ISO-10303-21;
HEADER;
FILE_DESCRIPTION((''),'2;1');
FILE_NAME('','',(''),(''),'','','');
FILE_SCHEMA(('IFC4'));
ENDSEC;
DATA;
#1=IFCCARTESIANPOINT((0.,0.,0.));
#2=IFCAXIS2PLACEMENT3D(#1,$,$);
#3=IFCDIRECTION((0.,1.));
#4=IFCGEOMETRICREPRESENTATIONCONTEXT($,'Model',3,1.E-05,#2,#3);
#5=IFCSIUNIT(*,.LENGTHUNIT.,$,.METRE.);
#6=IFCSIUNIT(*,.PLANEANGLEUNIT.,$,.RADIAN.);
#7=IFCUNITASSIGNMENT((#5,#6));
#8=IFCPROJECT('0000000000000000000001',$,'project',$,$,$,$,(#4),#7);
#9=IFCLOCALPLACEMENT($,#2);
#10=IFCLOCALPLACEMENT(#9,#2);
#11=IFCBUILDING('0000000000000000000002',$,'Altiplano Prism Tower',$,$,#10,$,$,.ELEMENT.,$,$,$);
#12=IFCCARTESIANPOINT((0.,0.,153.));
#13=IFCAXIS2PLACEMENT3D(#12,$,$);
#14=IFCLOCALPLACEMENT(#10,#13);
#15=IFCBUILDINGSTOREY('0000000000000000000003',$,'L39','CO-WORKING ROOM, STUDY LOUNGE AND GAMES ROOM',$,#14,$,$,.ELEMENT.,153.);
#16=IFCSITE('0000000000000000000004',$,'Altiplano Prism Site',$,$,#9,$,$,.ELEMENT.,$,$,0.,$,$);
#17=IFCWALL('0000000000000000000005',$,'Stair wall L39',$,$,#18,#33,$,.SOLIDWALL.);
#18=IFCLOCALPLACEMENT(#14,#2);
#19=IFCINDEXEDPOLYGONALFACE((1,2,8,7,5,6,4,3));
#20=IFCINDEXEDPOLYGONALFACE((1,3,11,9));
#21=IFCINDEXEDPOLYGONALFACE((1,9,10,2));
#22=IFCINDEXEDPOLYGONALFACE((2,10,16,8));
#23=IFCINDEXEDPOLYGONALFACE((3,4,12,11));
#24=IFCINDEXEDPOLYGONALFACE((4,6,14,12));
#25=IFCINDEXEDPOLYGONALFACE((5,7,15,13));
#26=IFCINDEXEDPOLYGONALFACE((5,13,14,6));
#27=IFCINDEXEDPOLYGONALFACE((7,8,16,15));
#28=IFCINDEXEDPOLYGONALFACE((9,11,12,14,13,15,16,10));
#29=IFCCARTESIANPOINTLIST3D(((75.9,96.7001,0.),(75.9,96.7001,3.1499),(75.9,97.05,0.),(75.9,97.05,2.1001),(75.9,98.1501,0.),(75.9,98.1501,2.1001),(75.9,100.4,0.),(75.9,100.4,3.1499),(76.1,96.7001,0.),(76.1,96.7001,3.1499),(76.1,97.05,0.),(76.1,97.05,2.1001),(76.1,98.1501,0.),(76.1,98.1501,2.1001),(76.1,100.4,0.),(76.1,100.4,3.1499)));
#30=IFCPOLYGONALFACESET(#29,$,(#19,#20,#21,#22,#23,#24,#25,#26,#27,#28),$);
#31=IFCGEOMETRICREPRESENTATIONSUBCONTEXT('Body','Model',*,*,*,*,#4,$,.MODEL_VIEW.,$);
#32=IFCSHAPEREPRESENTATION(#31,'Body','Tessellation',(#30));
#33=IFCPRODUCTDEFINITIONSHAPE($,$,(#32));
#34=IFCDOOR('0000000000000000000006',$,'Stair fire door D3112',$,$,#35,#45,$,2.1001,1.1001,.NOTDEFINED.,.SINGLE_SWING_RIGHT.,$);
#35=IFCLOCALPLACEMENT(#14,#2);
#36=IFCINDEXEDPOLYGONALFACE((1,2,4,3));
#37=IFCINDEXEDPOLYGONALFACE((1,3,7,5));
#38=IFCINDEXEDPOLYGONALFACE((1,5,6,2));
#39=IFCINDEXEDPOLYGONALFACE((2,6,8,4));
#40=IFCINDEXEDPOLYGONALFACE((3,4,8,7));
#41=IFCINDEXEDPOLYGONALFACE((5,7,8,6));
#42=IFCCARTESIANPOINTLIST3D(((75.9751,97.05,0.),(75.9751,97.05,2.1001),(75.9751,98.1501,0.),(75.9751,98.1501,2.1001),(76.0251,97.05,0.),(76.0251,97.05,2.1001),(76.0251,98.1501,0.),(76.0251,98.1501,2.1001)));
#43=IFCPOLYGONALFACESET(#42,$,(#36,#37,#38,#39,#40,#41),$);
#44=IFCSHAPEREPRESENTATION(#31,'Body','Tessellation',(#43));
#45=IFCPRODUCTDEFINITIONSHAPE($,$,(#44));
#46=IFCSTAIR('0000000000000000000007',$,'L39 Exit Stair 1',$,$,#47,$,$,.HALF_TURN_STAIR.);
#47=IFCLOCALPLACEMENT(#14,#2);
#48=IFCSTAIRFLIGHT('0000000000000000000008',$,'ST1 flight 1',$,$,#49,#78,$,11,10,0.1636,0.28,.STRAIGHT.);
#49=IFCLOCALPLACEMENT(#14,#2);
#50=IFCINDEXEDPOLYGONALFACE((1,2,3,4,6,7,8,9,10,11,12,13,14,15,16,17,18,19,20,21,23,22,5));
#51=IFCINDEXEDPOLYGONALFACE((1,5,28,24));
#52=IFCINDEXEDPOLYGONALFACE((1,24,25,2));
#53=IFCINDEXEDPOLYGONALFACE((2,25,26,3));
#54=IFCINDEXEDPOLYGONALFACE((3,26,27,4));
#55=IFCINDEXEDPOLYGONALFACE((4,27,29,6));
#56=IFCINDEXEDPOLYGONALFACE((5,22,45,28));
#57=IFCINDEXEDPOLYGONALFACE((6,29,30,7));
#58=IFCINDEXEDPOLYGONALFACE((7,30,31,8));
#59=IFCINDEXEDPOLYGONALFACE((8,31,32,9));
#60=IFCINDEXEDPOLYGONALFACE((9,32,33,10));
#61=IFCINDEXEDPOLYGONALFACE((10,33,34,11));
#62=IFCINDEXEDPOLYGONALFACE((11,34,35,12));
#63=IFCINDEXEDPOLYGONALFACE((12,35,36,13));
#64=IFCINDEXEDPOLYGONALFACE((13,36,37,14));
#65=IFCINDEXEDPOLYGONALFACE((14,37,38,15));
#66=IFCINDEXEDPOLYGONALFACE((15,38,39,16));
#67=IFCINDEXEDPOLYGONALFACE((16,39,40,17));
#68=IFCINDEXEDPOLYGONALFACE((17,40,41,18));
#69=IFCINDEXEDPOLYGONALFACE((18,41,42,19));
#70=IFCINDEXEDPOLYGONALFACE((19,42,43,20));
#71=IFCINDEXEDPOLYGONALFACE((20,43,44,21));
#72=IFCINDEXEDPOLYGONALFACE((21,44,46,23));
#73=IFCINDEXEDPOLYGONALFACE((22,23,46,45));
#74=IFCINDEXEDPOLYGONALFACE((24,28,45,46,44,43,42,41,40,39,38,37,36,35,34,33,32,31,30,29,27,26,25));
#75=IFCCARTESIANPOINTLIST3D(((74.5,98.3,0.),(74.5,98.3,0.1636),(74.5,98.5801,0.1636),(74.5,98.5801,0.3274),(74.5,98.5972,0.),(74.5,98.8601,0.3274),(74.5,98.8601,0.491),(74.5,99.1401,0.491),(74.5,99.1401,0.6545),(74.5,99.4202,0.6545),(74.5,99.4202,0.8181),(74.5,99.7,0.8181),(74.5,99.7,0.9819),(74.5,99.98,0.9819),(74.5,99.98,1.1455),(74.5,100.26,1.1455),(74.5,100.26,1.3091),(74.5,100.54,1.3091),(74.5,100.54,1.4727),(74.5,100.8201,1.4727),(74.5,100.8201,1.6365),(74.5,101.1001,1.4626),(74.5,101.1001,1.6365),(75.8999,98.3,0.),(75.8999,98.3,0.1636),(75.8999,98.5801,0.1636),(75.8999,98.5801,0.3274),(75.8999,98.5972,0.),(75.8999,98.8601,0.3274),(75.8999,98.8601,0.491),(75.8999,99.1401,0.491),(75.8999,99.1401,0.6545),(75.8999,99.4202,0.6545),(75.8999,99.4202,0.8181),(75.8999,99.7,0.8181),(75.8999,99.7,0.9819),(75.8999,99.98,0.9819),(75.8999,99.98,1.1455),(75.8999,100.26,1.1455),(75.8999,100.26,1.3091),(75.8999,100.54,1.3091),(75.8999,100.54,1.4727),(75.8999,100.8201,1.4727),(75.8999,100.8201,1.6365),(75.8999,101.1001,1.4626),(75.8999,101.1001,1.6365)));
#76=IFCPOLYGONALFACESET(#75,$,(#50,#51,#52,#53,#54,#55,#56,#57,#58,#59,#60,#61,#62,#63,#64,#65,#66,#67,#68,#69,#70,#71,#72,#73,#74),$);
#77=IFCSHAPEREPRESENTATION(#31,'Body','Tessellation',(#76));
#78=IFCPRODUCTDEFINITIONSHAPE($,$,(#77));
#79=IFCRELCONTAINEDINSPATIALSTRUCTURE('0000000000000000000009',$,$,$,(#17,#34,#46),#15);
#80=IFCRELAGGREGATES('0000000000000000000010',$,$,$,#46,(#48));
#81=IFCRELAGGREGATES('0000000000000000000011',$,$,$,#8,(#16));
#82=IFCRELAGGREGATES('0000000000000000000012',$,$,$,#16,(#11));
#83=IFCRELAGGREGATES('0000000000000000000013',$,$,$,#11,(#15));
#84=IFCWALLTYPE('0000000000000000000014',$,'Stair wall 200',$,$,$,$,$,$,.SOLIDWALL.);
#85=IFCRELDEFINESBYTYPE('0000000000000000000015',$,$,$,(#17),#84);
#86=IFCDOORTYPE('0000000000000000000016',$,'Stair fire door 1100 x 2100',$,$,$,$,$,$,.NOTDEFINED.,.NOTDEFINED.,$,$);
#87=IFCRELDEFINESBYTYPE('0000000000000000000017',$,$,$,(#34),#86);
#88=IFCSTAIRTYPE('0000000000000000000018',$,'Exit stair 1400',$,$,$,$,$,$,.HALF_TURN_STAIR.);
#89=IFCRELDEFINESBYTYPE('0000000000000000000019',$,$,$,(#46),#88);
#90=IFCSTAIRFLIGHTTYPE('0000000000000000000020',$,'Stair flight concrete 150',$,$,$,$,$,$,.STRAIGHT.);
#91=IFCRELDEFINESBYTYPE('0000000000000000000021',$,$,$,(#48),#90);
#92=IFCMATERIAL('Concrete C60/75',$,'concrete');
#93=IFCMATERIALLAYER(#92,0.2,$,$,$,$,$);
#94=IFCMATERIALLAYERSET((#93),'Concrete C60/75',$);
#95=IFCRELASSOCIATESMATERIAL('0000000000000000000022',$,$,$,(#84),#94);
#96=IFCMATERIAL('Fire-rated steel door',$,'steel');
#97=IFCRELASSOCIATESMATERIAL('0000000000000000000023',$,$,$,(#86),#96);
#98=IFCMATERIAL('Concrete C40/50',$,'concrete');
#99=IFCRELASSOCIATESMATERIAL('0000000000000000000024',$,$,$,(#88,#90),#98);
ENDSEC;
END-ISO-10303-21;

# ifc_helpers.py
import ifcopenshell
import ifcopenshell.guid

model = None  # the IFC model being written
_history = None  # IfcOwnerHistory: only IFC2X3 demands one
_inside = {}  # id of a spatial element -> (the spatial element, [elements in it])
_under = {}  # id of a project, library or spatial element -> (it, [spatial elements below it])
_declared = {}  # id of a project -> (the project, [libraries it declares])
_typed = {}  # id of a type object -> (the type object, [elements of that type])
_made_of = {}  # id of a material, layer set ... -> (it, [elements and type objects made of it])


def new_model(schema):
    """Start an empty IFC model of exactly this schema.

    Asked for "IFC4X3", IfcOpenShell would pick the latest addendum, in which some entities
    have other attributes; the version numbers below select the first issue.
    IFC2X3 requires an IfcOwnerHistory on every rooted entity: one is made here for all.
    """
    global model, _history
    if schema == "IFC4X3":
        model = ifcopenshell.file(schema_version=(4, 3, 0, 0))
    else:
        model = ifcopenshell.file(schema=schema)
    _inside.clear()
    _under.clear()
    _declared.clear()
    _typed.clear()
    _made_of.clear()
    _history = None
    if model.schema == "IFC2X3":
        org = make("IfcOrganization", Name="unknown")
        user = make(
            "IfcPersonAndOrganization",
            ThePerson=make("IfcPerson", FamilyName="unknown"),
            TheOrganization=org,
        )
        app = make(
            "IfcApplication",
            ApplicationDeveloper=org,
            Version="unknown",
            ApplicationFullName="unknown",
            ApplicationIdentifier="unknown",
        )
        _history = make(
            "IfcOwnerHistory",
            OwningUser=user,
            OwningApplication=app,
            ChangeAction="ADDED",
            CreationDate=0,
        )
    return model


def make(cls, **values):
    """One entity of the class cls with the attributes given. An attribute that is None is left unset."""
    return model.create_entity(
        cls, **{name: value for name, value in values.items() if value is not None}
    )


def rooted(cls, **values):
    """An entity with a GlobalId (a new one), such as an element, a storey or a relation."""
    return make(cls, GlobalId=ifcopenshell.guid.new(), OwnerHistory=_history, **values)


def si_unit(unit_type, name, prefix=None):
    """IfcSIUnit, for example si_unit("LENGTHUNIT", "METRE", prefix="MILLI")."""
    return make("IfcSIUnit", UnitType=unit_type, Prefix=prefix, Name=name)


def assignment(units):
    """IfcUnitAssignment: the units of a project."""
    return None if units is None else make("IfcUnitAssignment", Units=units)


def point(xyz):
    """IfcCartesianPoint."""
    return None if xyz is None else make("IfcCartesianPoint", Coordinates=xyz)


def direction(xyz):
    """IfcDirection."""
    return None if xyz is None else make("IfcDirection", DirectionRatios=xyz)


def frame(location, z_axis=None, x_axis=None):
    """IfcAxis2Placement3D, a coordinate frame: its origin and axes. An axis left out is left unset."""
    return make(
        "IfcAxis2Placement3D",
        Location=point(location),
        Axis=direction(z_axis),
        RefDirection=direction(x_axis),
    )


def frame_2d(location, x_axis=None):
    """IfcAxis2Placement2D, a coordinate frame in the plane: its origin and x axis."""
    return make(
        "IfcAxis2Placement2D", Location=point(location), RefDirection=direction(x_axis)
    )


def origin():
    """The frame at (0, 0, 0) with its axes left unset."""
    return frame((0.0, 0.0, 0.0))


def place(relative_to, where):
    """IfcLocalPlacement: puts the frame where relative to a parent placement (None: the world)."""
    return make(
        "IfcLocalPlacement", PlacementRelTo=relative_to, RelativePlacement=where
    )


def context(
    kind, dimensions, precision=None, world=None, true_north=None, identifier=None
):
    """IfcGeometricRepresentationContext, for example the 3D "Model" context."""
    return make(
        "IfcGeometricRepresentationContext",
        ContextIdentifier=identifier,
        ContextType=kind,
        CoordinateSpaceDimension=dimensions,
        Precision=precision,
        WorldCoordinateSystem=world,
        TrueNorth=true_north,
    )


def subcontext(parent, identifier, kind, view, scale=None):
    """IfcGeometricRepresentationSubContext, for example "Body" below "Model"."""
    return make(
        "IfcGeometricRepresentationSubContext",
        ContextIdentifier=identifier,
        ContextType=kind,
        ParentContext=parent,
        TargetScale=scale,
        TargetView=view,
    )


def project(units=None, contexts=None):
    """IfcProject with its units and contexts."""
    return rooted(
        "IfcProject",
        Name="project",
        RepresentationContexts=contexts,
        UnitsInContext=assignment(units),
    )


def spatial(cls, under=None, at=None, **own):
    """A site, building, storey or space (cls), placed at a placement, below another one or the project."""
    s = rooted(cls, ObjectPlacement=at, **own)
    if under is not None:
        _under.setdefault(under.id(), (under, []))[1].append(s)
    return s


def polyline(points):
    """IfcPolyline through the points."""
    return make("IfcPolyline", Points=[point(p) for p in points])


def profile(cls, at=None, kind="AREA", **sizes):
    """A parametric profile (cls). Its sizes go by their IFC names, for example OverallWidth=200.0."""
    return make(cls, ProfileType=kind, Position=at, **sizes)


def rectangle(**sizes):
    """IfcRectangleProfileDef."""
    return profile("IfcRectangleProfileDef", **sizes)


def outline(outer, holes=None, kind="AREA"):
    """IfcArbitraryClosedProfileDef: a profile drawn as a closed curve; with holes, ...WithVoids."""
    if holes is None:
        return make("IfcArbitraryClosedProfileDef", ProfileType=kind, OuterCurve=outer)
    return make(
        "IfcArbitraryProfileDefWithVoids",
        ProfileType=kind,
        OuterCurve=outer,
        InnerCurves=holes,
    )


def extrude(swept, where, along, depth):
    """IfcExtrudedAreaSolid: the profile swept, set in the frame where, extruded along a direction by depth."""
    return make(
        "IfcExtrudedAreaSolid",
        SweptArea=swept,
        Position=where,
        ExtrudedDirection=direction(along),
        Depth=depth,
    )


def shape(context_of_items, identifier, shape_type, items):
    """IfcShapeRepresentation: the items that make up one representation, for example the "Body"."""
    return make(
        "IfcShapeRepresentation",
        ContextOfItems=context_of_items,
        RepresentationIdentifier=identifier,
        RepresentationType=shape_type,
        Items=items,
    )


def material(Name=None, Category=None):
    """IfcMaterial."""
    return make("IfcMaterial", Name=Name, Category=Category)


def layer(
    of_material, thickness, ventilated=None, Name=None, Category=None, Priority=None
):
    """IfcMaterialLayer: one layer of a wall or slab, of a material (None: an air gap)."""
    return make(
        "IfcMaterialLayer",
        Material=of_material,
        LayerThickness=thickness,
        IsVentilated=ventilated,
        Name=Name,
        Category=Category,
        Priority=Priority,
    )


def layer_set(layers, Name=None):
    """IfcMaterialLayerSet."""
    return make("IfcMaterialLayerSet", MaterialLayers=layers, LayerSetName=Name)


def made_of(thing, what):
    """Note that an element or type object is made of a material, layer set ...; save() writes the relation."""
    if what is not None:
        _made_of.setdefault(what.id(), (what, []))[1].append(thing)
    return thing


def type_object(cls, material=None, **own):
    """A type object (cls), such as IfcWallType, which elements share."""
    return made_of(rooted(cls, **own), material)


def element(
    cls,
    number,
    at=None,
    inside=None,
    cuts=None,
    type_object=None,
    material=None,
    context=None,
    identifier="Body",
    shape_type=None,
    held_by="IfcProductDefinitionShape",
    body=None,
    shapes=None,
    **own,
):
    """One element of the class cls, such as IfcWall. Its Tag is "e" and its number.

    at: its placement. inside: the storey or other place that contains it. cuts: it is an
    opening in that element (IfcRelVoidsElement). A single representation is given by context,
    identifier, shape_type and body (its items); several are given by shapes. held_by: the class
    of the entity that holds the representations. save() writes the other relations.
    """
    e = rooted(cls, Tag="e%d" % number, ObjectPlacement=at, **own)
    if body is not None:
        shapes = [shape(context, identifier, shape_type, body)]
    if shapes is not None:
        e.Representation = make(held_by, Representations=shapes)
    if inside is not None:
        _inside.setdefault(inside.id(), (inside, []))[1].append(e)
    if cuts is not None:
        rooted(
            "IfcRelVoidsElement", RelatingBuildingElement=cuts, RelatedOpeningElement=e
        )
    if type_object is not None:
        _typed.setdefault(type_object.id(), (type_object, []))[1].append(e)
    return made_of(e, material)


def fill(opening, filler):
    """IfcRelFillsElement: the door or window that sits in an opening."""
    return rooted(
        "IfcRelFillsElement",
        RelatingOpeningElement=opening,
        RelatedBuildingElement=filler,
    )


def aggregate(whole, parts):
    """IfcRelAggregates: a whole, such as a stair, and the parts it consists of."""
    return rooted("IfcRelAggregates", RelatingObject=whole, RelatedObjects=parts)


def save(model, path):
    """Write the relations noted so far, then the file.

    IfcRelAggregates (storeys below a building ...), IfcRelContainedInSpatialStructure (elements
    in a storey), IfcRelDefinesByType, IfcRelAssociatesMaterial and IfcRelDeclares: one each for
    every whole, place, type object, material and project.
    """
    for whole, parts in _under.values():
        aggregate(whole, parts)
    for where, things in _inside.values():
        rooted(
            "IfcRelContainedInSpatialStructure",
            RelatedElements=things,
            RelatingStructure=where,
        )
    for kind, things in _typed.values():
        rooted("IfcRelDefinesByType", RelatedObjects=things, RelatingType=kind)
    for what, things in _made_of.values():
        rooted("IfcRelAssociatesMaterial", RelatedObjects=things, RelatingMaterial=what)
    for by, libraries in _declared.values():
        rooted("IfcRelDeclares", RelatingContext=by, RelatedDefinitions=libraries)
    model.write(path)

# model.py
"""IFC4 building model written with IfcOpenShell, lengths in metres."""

from ifc_helpers import new_model, si_unit, direction, frame, frame_2d, origin, place, context, subcontext, project, spatial, polyline, rectangle, outline, extrude, material, layer, layer_set, type_object, element, fill, aggregate, save


model = new_model("IFC4")

# Units and contexts
model_context = context("Model", 3, precision=1e-05, world=origin(), true_north=direction((0.0, 1.0)))
body_context = subcontext(model_context, "Body", "Model", "MODEL_VIEW")
ifc_project = project(units=[si_unit("LENGTHUNIT", "METRE"), si_unit("PLANEANGLEUNIT", "RADIAN")], contexts=[model_context])

# Site, building, storey
site_placement = place(None, origin())
site = spatial("IfcSite", under=ifc_project, at=site_placement, Name="Altiplano Prism Site", CompositionType="ELEMENT", RefElevation=0.0)
building_placement = place(site_placement, origin())
building = spatial("IfcBuilding", under=site, at=building_placement, Name="Altiplano Prism Tower", CompositionType="ELEMENT")
storey_placement = place(building_placement, frame((0.0, 0.0, 153.0)))
storey = spatial("IfcBuildingStorey", under=building, at=storey_placement, Name="L39", Description="CO-WORKING ROOM, STUDY LOUNGE AND GAMES ROOM", CompositionType="ELEMENT", Elevation=153.0)

# Shared definitions
ifc_material_1 = material(Name="Concrete C60/75", Category="concrete")
ifc_material_2 = material(Name="Fire-rated steel door", Category="steel")

# Shared definitions
ifc_layer_1 = layer(ifc_material_1, 0.2)
ifc_layer_set_1 = layer_set([ifc_layer_1], Name="Concrete C60/75")
wall_type_1 = type_object("IfcWallType", Name="Stair wall 200", PredefinedType="SOLIDWALL", material=ifc_layer_set_1)

# Wall, opening, door
wall_1_placement = place(storey_placement, frame((76.0, 96.7, 0.0), z_axis=(0.0, 0.0, 1.0), x_axis=(0.0, 1.0, 0.0)))
wall_1 = element("IfcWall", 1, at=wall_1_placement, inside=storey, type_object=wall_type_1, Name="Stair wall L39", PredefinedType="SOLIDWALL", context=body_context, shape_type="SweptSolid", body=[
    extrude(rectangle(XDim=3.7, YDim=0.2, at=frame_2d((1.8501, 0.0))), origin(), (0.0, 0.0, 1.0), 3.1499),
])
opening_1_placement = place(wall_1_placement, frame((0.3501, 0.0, 0.0)))
opening_1 = element("IfcOpeningElement", 2, at=opening_1_placement, cuts=wall_1, PredefinedType="OPENING", context=body_context, shape_type="SweptSolid", body=[
    extrude(rectangle(XDim=1.1001, YDim=2.1001, at=frame_2d((0.55, 1.05))), frame((0.0, 0.1104, 0.0), z_axis=(0.0, -1.0, 0.0), x_axis=(1.0, 0.0, 0.0)), (0.0, 0.0, 1.0), 0.2209),
])
door_type_1 = type_object("IfcDoorType", Name="Stair fire door 1100 x 2100", OperationType="NOTDEFINED", PredefinedType="NOTDEFINED", material=ifc_material_2)
door_1_placement = place(opening_1_placement, origin())
door_1 = element("IfcDoor", 3, at=door_1_placement, inside=storey, type_object=door_type_1, Name="Stair fire door D3112", OperationType="SINGLE_SWING_RIGHT", OverallHeight=2.1001, OverallWidth=1.1001, PredefinedType="NOTDEFINED", context=body_context, shape_type="SweptSolid", body=[
    extrude(rectangle(XDim=1.1001, YDim=2.1001, at=frame_2d((0.55, 1.05))), frame((0.0, 0.0249, 0.0), z_axis=(0.0, -1.0, 0.0), x_axis=(1.0, 0.0, 0.0)), (0.0, 0.0, 1.0), 0.05),
])
fill(opening_1, door_1)

# Stair, stair flight
ifc_material_3 = material(Name="Concrete C40/50", Category="concrete")
stair_type = type_object("IfcStairType", Name="Exit stair 1400", PredefinedType="HALF_TURN_STAIR", material=ifc_material_3)
stair_placement = place(storey_placement, origin())
stair = element("IfcStair", 4, at=stair_placement, inside=storey, type_object=stair_type, Name="L39 Exit Stair 1", PredefinedType="HALF_TURN_STAIR")
stair_flight_type = type_object("IfcStairFlightType", Name="Stair flight concrete 150", PredefinedType="STRAIGHT", material=ifc_material_3)
stair_flight_placement = place(storey_placement, frame((75.2, 98.3, 0.0), z_axis=(0.0, 0.0, 1.0), x_axis=(0.0, 1.0, 0.0)))
stair_flight = element("IfcStairFlight", 5, at=stair_flight_placement, type_object=stair_flight_type, Name="ST1 flight 1", NumberOfRisers=11, NumberOfTreads=10, PredefinedType="STRAIGHT", RiserHeight=0.1636, TreadLength=0.28, context=body_context, shape_type="SweptSolid", body=[
    extrude(outline(polyline([(0.0, 0.0), (0.0, 0.1636), (0.28, 0.1636), (0.28, 0.3274), (0.5601, 0.3274), (0.5601, 0.491), (0.8401, 0.491), (0.8401, 0.6545), (1.1201, 0.6545), (1.1201, 0.8181), (1.3999, 0.8181), (1.3999, 0.9819), (1.6799, 0.9819), (1.6799, 1.1455), (1.96, 1.1455), (1.96, 1.3091), (2.24, 1.3091), (2.24, 1.4727), (2.52, 1.4727), (2.52, 1.6365), (2.8, 1.6365), (2.8, 1.8), (2.8, 1.4626), (0.2971, 0.0), (0.0, 0.0)])), frame((0.0, 0.7, 0.0), z_axis=(0.0, -1.0, 0.0), x_axis=(1.0, 0.0, 0.0)), (0.0, 0.0, 1.0), 1.3999),
])
aggregate(stair, [stair_flight])

save(model, "model.ifc")
